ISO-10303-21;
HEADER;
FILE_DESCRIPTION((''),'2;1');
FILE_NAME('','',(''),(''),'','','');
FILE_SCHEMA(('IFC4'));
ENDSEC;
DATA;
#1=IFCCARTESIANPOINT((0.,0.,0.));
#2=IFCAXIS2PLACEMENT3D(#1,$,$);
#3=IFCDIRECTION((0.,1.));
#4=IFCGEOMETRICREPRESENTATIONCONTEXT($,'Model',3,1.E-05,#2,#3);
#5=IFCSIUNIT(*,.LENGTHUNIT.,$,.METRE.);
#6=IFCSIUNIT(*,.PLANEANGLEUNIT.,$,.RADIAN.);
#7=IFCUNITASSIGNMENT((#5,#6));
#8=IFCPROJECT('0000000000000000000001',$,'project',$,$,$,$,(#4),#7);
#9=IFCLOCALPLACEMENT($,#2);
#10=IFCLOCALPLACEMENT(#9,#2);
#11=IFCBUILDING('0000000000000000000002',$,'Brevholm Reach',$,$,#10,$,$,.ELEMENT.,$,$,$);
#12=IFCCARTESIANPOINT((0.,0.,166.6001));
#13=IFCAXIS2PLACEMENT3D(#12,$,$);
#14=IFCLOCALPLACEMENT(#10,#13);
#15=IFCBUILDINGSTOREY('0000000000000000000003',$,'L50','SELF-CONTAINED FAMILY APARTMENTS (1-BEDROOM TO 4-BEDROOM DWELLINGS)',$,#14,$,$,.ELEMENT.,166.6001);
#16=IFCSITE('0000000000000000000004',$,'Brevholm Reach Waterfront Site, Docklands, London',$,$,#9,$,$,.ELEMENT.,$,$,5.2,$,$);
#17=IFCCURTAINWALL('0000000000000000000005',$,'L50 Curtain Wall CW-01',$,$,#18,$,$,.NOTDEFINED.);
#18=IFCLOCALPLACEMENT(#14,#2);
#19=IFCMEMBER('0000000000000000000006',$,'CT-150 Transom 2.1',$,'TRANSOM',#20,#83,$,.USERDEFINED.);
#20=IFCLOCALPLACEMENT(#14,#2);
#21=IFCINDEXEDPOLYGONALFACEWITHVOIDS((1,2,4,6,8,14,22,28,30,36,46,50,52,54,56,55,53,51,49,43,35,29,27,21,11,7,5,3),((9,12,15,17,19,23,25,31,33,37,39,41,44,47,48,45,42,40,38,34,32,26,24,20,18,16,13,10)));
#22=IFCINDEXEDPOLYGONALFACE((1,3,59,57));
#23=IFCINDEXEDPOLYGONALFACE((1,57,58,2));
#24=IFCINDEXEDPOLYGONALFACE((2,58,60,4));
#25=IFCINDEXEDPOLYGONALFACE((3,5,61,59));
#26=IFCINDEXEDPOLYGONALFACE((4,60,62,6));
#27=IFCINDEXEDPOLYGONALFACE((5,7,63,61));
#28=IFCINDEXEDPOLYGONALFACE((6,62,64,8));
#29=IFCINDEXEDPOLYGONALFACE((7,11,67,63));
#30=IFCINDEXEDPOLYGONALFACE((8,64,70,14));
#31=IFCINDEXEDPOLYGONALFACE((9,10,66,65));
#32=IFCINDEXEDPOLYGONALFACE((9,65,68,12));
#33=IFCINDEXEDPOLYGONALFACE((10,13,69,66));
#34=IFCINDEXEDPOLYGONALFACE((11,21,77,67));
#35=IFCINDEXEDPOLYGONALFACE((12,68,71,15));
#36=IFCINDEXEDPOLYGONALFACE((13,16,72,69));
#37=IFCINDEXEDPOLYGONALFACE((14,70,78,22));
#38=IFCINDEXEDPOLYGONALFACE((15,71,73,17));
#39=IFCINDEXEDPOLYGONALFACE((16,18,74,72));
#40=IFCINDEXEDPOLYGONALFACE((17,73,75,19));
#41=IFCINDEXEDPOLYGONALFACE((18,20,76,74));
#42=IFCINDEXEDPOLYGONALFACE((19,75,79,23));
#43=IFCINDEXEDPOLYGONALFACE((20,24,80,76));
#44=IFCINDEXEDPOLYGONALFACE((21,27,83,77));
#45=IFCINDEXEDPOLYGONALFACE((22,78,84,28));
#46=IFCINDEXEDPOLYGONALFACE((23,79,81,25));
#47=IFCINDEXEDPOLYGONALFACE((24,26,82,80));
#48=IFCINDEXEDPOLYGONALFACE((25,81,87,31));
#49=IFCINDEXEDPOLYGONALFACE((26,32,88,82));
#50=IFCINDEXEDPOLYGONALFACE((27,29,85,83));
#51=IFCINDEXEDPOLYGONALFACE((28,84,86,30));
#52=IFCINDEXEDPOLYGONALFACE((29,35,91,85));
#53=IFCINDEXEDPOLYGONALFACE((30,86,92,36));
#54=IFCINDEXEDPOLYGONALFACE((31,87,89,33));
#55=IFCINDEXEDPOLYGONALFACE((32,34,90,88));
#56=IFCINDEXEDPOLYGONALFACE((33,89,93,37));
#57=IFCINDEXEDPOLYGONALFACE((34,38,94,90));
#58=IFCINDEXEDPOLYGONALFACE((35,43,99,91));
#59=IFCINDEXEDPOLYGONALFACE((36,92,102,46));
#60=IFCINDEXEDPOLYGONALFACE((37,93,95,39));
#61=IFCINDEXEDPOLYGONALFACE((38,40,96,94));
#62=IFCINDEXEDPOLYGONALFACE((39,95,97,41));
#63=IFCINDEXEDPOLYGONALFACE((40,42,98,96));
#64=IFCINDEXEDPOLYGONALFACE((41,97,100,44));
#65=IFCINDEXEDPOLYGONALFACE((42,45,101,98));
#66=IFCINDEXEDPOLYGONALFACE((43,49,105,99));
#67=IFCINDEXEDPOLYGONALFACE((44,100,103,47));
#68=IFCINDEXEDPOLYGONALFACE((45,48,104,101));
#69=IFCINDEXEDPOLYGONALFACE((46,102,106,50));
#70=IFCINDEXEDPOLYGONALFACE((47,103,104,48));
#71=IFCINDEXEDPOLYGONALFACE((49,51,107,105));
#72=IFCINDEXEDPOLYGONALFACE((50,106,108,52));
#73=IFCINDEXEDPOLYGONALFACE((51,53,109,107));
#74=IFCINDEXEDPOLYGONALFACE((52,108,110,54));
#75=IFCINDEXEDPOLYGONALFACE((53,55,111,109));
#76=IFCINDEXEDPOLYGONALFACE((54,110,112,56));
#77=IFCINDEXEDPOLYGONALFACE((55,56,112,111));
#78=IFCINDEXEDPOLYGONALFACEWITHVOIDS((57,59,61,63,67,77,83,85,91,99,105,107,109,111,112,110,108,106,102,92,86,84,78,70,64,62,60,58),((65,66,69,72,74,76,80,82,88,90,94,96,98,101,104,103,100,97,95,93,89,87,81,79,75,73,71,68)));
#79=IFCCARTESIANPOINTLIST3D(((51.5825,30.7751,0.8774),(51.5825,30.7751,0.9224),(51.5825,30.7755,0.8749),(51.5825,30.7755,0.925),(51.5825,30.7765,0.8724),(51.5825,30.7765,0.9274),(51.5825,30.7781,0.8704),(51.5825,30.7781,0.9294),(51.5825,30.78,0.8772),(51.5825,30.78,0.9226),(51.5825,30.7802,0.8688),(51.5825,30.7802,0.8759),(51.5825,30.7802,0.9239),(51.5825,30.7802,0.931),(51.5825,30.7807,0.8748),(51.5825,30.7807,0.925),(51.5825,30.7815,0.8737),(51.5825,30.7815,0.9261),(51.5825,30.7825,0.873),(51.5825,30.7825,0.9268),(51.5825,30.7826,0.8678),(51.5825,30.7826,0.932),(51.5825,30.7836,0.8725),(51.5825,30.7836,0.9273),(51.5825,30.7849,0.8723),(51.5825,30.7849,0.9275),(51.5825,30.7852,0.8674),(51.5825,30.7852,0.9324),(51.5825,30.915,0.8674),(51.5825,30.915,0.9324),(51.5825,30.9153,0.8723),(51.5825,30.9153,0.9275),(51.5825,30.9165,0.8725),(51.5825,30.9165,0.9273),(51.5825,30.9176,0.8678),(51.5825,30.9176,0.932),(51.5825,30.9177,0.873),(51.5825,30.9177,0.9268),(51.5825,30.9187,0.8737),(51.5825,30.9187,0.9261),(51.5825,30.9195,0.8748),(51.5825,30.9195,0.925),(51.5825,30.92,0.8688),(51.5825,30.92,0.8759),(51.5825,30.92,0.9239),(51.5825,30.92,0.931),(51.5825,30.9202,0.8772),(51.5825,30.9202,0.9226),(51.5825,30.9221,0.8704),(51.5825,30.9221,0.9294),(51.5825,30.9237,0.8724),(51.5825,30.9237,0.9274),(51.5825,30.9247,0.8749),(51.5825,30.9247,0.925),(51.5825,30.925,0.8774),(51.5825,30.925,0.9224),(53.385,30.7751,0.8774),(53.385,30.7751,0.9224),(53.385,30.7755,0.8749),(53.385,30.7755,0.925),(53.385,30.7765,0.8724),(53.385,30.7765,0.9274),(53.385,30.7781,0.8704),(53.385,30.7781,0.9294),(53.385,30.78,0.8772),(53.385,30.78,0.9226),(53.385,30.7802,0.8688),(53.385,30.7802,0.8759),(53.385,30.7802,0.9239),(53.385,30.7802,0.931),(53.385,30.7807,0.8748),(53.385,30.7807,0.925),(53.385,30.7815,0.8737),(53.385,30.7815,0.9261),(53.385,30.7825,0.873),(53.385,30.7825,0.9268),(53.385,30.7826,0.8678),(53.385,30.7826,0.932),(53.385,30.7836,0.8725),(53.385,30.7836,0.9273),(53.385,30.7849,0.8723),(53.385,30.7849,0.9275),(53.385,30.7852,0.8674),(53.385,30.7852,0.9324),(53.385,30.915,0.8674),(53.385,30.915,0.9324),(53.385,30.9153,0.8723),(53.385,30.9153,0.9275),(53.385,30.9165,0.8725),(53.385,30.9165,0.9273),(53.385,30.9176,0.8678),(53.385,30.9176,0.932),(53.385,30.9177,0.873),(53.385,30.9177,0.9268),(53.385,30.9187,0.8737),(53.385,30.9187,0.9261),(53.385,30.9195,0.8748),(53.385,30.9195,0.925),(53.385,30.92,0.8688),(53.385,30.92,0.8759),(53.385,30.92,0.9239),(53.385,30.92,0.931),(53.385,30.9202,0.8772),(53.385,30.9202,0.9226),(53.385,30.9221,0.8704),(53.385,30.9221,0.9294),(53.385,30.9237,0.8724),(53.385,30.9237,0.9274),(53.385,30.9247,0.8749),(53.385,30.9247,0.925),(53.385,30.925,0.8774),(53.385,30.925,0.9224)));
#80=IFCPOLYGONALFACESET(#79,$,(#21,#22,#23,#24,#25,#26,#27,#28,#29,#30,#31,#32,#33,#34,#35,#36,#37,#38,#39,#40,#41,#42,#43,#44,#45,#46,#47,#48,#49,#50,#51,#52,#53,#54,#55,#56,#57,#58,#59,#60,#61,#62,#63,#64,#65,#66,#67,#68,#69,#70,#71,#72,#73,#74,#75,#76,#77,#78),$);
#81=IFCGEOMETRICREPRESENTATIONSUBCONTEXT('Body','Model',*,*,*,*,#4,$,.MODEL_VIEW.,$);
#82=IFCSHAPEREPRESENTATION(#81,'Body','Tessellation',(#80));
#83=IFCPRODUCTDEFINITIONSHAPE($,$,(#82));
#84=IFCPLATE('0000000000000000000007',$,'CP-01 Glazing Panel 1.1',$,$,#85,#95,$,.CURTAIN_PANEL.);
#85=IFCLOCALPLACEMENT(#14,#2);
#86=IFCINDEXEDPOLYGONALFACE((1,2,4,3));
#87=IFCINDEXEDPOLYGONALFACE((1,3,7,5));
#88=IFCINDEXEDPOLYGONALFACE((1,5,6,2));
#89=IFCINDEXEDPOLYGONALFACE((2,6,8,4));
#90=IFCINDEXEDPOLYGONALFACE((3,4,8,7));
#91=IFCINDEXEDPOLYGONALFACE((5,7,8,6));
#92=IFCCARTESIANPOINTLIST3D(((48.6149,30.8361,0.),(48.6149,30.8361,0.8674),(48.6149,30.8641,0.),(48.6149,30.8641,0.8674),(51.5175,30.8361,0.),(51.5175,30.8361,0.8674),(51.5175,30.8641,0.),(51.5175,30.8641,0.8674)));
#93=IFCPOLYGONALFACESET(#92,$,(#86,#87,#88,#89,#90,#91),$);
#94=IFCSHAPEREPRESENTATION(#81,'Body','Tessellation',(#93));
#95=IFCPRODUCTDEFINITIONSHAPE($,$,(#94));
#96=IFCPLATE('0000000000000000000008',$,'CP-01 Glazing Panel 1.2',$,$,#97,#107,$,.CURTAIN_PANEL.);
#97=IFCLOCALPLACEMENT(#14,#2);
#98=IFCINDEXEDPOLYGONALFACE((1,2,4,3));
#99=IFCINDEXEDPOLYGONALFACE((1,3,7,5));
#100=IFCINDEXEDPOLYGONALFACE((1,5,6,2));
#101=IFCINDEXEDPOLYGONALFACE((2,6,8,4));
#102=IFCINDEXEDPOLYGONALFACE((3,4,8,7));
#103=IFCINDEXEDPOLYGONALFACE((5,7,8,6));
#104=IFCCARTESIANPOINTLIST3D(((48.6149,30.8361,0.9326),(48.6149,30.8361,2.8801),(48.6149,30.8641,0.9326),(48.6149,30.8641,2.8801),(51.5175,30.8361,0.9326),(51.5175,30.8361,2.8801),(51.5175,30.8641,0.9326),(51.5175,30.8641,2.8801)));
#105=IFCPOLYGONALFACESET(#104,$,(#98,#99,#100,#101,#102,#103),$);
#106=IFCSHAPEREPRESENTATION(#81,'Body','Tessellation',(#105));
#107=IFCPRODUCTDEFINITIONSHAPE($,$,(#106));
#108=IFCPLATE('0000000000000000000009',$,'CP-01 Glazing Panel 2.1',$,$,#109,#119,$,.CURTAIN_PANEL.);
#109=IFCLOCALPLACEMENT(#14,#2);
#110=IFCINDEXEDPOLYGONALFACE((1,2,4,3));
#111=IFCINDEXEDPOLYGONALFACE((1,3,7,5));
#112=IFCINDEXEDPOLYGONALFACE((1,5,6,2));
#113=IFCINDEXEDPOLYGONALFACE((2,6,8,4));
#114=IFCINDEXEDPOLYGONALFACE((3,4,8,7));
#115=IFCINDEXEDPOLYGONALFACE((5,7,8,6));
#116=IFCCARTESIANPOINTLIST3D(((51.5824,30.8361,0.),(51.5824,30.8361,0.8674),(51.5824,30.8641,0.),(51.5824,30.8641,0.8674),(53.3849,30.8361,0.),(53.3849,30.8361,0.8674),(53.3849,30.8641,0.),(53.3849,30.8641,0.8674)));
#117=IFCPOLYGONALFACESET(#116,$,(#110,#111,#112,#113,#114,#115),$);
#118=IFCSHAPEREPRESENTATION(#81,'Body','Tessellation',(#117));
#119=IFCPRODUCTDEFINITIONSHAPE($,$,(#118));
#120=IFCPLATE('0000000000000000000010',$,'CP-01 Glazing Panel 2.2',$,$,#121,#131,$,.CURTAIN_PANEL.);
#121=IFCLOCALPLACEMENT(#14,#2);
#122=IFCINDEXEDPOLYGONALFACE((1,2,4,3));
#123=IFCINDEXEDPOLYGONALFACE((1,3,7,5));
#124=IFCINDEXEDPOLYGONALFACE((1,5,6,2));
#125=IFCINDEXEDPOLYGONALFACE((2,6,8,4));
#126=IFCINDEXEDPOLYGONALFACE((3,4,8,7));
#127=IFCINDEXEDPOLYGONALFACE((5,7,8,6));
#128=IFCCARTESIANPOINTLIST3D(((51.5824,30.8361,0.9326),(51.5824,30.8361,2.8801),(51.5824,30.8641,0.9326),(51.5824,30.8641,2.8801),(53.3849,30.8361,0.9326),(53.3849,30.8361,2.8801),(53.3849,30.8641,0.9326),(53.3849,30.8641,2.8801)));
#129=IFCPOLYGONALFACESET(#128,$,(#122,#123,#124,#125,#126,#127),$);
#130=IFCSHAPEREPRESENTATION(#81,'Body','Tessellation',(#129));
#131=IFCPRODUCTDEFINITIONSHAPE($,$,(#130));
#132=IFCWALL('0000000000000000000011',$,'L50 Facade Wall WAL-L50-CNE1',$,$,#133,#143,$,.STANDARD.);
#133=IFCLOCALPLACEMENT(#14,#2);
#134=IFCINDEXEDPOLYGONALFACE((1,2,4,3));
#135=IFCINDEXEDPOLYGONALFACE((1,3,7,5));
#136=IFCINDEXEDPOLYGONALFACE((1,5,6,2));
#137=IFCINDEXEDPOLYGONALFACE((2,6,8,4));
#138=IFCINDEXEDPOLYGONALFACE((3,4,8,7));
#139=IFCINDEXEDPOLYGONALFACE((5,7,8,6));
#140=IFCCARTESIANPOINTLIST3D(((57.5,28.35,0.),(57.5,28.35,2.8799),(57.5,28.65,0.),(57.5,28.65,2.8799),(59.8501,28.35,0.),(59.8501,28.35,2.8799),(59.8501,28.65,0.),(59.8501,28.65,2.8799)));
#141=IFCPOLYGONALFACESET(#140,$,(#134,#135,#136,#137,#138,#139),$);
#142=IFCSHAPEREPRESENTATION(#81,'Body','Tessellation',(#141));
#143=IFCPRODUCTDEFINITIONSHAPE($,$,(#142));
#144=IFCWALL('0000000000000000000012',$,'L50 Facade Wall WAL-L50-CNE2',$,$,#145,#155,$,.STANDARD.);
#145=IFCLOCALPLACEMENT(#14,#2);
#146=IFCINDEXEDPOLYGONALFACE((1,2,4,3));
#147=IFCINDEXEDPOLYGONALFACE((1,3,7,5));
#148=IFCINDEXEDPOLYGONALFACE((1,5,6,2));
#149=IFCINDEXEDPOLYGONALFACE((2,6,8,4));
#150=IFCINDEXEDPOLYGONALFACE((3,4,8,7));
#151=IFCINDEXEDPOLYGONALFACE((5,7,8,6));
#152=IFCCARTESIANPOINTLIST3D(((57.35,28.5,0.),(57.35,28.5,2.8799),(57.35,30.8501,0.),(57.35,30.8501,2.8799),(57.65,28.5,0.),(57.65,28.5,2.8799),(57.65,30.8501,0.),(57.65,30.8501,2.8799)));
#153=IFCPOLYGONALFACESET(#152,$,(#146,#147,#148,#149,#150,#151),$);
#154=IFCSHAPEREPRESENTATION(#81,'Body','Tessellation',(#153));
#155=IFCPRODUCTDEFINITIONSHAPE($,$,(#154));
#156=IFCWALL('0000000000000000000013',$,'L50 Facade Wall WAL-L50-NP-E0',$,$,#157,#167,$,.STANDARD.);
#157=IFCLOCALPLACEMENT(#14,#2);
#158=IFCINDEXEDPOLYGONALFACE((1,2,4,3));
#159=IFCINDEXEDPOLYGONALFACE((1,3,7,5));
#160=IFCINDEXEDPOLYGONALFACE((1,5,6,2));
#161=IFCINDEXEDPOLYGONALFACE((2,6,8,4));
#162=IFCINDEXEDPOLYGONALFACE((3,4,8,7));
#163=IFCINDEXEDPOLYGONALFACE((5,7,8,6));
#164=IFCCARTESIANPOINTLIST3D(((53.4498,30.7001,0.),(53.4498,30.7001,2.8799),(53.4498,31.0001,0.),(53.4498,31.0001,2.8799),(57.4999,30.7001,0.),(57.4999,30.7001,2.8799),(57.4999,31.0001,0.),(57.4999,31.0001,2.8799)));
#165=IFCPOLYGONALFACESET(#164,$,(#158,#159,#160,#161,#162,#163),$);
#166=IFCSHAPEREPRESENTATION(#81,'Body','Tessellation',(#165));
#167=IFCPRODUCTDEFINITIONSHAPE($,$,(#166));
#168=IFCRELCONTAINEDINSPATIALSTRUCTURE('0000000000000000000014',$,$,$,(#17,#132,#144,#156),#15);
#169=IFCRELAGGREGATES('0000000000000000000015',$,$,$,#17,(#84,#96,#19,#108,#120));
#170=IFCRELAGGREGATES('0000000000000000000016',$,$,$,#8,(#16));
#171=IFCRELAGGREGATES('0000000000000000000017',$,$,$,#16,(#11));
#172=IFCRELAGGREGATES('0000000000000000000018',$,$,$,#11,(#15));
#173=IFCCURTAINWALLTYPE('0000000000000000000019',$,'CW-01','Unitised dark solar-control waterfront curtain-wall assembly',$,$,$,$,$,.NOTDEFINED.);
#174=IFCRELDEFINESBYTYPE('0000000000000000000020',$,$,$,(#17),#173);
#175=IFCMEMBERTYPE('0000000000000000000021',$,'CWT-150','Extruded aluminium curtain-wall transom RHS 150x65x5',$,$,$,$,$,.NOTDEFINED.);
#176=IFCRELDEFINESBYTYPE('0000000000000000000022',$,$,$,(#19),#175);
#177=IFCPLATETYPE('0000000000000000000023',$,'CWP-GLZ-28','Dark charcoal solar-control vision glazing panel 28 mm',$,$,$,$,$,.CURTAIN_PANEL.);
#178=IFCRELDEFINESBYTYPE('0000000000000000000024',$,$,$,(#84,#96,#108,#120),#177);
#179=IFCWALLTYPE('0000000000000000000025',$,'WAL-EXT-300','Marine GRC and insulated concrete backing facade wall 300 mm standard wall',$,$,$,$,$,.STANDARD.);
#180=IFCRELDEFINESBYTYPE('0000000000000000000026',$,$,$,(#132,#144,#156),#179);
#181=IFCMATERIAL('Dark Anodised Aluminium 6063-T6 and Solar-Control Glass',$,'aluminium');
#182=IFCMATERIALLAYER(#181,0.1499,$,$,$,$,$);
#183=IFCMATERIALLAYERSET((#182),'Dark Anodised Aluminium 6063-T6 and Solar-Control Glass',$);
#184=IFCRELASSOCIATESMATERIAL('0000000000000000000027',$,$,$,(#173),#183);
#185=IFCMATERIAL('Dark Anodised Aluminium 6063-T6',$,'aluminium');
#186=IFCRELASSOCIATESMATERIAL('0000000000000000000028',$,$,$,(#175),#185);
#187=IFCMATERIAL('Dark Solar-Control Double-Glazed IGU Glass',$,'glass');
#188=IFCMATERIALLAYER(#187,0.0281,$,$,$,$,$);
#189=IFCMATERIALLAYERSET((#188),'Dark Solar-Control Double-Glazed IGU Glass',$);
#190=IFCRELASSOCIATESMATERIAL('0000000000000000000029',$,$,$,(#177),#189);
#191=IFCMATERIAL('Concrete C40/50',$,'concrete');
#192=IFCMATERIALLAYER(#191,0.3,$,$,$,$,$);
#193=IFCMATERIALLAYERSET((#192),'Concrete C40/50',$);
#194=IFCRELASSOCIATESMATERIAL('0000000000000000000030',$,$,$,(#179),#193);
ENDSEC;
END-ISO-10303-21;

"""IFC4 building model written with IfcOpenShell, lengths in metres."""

from ifc_helpers import new_model, si_unit, direction, frame, frame_2d, origin, origin_2d, place, context, subcontext, project, spatial, rectangle, hollow_rectangle, extrude, material, layer, layer_set, material_profile, profile_set, type_object, element, aggregate, save


model = new_model("IFC4")

# Units and contexts
model_context = context("Model", 3, precision=1e-05, world=origin(), true_north=direction((0.0, 1.0)))
body_context = subcontext(model_context, "Body", "Model", "MODEL_VIEW")
ifc_project = project(units=[si_unit("LENGTHUNIT", "METRE"), si_unit("PLANEANGLEUNIT", "RADIAN")], contexts=[model_context])

# Site, building, storey
site_placement = place(None, origin())
site = spatial("IfcSite", under=ifc_project, at=site_placement, Name="Brevholm Reach Waterfront Site, Docklands, London", CompositionType="ELEMENT", RefElevation=5.2)
building_placement = place(site_placement, origin())
building = spatial("IfcBuilding", under=site, at=building_placement, Name="Brevholm Reach", CompositionType="ELEMENT")
storey_placement = place(building_placement, frame((0.0, 0.0, 166.6001)))
storey = spatial("IfcBuildingStorey", under=building, at=storey_placement, Name="L50", Description="SELF-CONTAINED FAMILY APARTMENTS (1-BEDROOM TO 4-BEDROOM DWELLINGS)", CompositionType="ELEMENT", Elevation=166.6001)

# Curtain wall, member, plates
ifc_material_1 = material(Name="Dark Anodised Aluminium 6063-T6 and Solar-Control Glass", Category="aluminium")
ifc_layer_1 = layer(ifc_material_1, 0.1499)
ifc_layer_set_1 = layer_set([ifc_layer_1], Name="Dark Anodised Aluminium 6063-T6 and Solar-Control Glass")
curtain_wall_type = type_object("IfcCurtainWallType", Name="CW-01", Description="Unitised dark solar-control waterfront curtain-wall assembly", PredefinedType="NOTDEFINED", material=ifc_layer_set_1)
curtain_wall_placement = place(storey_placement, origin())
curtain_wall = element("IfcCurtainWall", 1, at=curtain_wall_placement, inside=storey, type_object=curtain_wall_type, Name="L50 Curtain Wall CW-01", PredefinedType="NOTDEFINED")
ifc_material_2 = material(Name="Dark Anodised Aluminium 6063-T6", Category="aluminium")
ifc_material_profile_1 = material_profile(ifc_material_2, hollow_rectangle(XDim=0.0649, YDim=0.1499, WallThickness=0.0049, InnerFilletRadius=0.0049, OuterFilletRadius=0.01, at=origin_2d()), Name="RHS 150x65x5")
ifc_profile_set_1 = profile_set([ifc_material_profile_1], Name="Dark Anodised Aluminium 6063-T6")
member_type_1 = type_object("IfcMemberType", Name="CWT-150", Description="Extruded aluminium curtain-wall transom RHS 150x65x5", PredefinedType="NOTDEFINED", material=ifc_profile_set_1)
member_1_placement = place(storey_placement, frame((51.5825, 30.8501, 0.8999), z_axis=(1.0, 0.0, 0.0), x_axis=(0.0, 0.0, 1.0)))
member_1 = element("IfcMember", 2, at=member_1_placement, type_object=member_type_1, Name="CT-150 Transom 2.1", ObjectType="TRANSOM", PredefinedType="USERDEFINED", context=body_context, shape_type="SweptSolid", body=[
    extrude(hollow_rectangle(XDim=0.0649, YDim=0.1499, WallThickness=0.0049, InnerFilletRadius=0.0049, OuterFilletRadius=0.01, at=origin_2d()), origin(), (0.0, 0.0, 1.0), 1.8025),
])
ifc_material_3 = material(Name="Dark Solar-Control Double-Glazed IGU Glass", Category="glass")
ifc_layer_2 = layer(ifc_material_3, 0.0281)
ifc_layer_set_2 = layer_set([ifc_layer_2], Name="Dark Solar-Control Double-Glazed IGU Glass")
plate_type = type_object("IfcPlateType", Name="CWP-GLZ-28", Description="Dark charcoal solar-control vision glazing panel 28 mm", PredefinedType="CURTAIN_PANEL", material=ifc_layer_set_2)
plate_1_placement = place(storey_placement, frame((50.0662, 30.8501, 0.0), z_axis=(0.0, 0.0, 1.0), x_axis=(1.0, 0.0, 0.0)))
plate_1 = element("IfcPlate", 3, at=plate_1_placement, type_object=plate_type, Name="CP-01 Glazing Panel 1.1", PredefinedType="CURTAIN_PANEL", context=body_context, shape_type="SweptSolid", body=[
    extrude(rectangle(XDim=2.9026, YDim=0.0281, at=origin_2d()), origin(), (0.0, 0.0, 1.0), 0.8674),
])
plate_2_placement = place(storey_placement, frame((50.0662, 30.8501, 0.9326), z_axis=(0.0, 0.0, 1.0), x_axis=(1.0, 0.0, 0.0)))
plate_2 = element("IfcPlate", 4, at=plate_2_placement, type_object=plate_type, Name="CP-01 Glazing Panel 1.2", PredefinedType="CURTAIN_PANEL", context=body_context, shape_type="SweptSolid", body=[
    extrude(rectangle(XDim=2.9026, YDim=0.0281, at=origin_2d()), origin(), (0.0, 0.0, 1.0), 1.9475),
])
plate_3_placement = place(storey_placement, frame((52.4836, 30.8501, 0.0), z_axis=(0.0, 0.0, 1.0), x_axis=(1.0, 0.0, 0.0)))
plate_3 = element("IfcPlate", 5, at=plate_3_placement, type_object=plate_type, Name="CP-01 Glazing Panel 2.1", PredefinedType="CURTAIN_PANEL", context=body_context, shape_type="SweptSolid", body=[
    extrude(rectangle(XDim=1.8025, YDim=0.0281, at=origin_2d()), origin(), (0.0, 0.0, 1.0), 0.8674),
])
plate_4_placement = place(storey_placement, frame((52.4836, 30.8501, 0.9326), z_axis=(0.0, 0.0, 1.0), x_axis=(1.0, 0.0, 0.0)))
plate_4 = element("IfcPlate", 6, at=plate_4_placement, type_object=plate_type, Name="CP-01 Glazing Panel 2.2", PredefinedType="CURTAIN_PANEL", context=body_context, shape_type="SweptSolid", body=[
    extrude(rectangle(XDim=1.8025, YDim=0.0281, at=origin_2d()), origin(), (0.0, 0.0, 1.0), 1.9475),
])
aggregate(curtain_wall, [plate_1, plate_2, member_1, plate_3, plate_4])

# Walls
ifc_material_4 = material(Name="Concrete C40/50", Category="concrete")
ifc_layer_3 = layer(ifc_material_4, 0.3)
ifc_layer_set_3 = layer_set([ifc_layer_3], Name="Concrete C40/50")
wall_type_1 = type_object("IfcWallType", Name="WAL-EXT-300", Description="Marine GRC and insulated concrete backing facade wall 300 mm standard wall", PredefinedType="STANDARD", material=ifc_layer_set_3)
for number, where, z_axis, x_axis, name in (
    (7, (59.8501, 28.5, 0.0), (0.0, 0.0, 1.0), (-1.0, 0.0, 0.0), "L50 Facade Wall WAL-L50-CNE1"),
    (8, (57.5, 28.5, 0.0), (0.0, 0.0, 1.0), (0.0, 1.0, 0.0), "L50 Facade Wall WAL-L50-CNE2"),
):
    element("IfcWall", number, at=place(storey_placement, frame(where, z_axis=z_axis, x_axis=x_axis)), inside=storey, type_object=wall_type_1, Name=name, PredefinedType="STANDARD", context=body_context, shape_type="SweptSolid", body=[
        extrude(rectangle(XDim=2.3501, YDim=0.3, at=frame_2d((1.175, 0.0))), origin(), (0.0, 0.0, 1.0), 2.8799),
    ])
wall_1_placement = place(storey_placement, frame((53.45, 30.8501, 0.0), z_axis=(0.0, 0.0, 1.0), x_axis=(1.0, 0.0, 0.0)))
element("IfcWall", 9, at=wall_1_placement, inside=storey, type_object=wall_type_1, Name="L50 Facade Wall WAL-L50-NP-E0", PredefinedType="STANDARD", context=body_context, shape_type="SweptSolid", body=[
    extrude(rectangle(XDim=4.05, YDim=0.3, at=frame_2d((2.0249, 0.0))), origin(), (0.0, 0.0, 1.0), 2.8799),
])

save(model, "model.ifc")
